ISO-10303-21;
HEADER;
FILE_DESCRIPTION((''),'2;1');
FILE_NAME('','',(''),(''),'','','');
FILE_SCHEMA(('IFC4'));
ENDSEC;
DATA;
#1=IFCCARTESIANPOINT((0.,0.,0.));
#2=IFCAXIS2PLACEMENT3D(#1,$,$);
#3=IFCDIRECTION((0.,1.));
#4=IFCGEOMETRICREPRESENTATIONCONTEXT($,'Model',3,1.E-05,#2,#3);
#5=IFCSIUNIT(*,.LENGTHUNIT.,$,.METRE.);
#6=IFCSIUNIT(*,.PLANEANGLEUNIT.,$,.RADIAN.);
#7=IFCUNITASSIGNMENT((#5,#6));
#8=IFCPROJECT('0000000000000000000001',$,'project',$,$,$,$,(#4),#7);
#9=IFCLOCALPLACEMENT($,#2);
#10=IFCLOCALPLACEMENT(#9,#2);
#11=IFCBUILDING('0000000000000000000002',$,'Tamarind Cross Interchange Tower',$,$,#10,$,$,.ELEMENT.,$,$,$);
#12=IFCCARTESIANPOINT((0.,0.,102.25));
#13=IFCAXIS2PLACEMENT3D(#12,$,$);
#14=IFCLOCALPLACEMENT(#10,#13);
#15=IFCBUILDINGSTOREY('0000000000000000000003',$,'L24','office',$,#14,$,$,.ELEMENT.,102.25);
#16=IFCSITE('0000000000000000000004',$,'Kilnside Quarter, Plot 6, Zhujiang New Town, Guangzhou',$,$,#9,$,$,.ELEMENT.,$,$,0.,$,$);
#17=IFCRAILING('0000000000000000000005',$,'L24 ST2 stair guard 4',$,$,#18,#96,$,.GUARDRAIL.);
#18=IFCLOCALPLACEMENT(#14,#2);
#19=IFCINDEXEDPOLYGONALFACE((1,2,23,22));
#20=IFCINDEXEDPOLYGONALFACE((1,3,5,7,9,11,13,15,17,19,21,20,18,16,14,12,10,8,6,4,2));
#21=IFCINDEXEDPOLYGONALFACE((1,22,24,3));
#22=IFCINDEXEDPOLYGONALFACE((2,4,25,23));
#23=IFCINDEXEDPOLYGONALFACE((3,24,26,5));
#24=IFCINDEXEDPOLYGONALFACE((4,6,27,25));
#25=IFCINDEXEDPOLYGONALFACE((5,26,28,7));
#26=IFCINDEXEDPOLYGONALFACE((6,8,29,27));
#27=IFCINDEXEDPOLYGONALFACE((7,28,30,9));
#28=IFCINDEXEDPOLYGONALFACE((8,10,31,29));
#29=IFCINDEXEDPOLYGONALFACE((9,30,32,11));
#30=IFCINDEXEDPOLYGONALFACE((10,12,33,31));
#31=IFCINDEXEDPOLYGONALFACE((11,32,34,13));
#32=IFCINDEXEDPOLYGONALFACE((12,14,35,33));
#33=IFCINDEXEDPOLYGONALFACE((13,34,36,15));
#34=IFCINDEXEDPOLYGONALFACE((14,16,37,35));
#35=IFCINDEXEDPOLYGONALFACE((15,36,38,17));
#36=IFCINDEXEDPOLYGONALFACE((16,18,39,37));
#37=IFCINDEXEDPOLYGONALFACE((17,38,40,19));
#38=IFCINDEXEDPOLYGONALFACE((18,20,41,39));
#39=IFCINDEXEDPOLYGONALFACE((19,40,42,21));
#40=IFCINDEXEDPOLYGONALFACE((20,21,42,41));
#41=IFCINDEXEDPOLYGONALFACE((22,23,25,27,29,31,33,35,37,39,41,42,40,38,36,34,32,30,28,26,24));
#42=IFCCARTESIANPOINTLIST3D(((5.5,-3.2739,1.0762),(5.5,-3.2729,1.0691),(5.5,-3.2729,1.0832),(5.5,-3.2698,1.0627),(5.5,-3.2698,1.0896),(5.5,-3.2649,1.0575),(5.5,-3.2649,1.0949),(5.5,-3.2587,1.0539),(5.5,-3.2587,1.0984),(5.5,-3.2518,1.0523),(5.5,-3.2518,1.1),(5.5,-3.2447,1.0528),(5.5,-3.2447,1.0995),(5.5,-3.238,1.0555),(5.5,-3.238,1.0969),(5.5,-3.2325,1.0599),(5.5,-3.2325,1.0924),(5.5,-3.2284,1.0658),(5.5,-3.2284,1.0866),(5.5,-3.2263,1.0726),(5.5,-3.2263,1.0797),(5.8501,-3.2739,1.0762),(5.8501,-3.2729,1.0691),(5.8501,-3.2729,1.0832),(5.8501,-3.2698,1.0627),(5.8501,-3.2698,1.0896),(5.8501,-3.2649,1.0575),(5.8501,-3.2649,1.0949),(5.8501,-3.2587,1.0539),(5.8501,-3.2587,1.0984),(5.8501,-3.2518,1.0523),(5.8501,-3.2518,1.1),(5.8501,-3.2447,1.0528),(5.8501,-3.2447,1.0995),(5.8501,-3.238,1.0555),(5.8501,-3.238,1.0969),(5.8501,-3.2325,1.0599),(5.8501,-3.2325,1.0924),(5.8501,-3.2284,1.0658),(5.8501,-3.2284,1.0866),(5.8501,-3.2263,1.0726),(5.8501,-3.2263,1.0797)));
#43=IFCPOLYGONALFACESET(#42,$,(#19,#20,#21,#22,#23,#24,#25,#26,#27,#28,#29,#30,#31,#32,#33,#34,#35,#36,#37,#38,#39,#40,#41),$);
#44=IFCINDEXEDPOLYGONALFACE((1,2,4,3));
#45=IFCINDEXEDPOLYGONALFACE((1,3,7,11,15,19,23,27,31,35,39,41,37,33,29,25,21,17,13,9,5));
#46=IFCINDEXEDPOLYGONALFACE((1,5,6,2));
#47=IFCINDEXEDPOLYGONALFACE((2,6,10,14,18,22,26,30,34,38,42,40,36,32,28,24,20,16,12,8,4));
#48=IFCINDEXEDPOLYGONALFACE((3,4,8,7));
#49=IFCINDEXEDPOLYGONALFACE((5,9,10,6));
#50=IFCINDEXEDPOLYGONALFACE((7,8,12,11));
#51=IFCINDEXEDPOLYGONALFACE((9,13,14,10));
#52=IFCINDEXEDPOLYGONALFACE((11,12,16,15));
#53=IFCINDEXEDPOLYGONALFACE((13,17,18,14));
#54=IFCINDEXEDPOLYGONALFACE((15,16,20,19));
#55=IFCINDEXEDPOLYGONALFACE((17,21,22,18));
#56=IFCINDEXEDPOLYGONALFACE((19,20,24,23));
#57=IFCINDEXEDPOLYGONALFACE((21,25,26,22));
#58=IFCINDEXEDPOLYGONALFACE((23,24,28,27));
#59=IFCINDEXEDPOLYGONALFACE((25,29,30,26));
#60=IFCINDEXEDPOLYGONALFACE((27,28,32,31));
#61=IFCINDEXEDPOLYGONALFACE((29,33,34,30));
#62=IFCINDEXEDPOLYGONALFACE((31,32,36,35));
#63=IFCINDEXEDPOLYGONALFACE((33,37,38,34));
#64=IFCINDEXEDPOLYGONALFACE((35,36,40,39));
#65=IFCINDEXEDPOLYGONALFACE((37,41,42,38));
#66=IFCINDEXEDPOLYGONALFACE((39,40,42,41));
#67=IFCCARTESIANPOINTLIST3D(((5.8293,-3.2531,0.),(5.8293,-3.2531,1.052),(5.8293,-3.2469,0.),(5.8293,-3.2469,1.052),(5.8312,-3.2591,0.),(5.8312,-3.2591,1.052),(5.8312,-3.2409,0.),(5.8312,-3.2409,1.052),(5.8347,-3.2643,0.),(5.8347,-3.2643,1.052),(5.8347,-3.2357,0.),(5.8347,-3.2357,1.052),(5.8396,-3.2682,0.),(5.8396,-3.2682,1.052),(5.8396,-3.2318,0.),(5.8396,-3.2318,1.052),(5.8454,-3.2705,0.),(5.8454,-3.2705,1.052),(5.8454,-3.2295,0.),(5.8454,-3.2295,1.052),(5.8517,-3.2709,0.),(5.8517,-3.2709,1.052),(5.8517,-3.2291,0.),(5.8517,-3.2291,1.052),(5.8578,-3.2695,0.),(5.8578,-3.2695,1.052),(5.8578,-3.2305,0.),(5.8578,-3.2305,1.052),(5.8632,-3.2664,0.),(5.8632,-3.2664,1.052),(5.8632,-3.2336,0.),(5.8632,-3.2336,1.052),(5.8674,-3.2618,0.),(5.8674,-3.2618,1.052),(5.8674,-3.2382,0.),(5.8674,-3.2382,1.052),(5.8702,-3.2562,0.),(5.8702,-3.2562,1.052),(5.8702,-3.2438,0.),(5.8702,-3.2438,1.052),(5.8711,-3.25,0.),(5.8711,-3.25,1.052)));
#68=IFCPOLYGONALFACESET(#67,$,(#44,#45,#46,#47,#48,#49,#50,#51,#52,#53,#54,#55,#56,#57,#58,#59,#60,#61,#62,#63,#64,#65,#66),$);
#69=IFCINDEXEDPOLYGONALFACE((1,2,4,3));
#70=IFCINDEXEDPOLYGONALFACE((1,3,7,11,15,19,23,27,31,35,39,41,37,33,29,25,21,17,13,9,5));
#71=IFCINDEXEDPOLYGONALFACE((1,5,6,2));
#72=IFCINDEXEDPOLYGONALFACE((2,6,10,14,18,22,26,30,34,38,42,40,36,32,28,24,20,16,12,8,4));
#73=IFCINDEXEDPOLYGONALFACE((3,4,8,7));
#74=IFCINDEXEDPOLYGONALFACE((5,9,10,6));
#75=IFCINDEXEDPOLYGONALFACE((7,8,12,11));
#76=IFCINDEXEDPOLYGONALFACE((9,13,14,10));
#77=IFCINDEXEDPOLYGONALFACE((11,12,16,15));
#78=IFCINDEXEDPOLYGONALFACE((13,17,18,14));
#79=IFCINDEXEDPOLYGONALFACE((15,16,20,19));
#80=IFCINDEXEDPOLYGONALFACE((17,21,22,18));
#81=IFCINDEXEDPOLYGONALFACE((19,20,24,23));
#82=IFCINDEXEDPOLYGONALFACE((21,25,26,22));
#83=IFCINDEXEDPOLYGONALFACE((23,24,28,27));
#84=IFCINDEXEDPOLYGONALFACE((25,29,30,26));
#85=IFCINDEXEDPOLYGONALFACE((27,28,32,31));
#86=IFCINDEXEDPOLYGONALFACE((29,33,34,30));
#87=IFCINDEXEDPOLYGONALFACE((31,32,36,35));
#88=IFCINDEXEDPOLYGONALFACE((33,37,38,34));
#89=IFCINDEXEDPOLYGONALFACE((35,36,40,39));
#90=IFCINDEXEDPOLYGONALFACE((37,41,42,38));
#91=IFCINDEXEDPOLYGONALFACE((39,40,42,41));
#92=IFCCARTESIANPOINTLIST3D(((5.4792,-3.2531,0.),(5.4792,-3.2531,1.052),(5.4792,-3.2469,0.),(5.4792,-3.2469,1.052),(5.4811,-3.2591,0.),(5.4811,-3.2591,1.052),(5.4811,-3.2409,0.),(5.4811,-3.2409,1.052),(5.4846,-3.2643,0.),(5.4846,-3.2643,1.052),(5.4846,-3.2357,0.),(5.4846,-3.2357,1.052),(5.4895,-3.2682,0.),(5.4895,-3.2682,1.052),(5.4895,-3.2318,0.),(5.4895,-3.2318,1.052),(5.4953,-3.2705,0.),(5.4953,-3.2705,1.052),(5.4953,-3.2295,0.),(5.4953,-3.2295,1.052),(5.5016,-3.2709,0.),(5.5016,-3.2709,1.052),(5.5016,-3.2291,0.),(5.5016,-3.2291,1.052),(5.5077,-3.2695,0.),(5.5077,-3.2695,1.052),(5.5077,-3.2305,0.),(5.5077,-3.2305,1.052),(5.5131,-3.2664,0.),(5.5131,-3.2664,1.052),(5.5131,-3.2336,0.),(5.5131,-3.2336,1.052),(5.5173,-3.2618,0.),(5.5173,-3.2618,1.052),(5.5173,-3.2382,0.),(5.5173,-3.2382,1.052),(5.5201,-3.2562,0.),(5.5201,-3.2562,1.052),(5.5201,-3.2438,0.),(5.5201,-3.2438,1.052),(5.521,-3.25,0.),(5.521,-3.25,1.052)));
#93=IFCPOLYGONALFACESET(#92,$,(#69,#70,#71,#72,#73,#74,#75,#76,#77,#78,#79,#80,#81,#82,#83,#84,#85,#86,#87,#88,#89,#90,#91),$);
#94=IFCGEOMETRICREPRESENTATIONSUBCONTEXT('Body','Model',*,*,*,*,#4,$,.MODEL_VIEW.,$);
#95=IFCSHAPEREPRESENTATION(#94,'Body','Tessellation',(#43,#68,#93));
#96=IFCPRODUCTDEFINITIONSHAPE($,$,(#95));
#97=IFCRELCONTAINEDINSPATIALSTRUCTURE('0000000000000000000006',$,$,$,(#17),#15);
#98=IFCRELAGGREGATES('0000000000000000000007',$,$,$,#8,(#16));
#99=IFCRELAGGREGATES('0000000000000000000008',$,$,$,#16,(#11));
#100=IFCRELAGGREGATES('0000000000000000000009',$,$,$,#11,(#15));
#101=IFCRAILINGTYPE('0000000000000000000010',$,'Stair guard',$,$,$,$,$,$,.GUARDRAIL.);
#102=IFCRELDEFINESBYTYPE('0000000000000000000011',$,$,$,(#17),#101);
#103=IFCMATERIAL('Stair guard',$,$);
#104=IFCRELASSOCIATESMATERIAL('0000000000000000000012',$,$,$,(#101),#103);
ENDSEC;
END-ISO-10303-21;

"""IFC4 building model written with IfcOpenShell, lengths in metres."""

from ifc_helpers import new_model, si_unit, direction, frame, origin, origin_2d, place, context, subcontext, project, spatial, circle, extrude, material, type_object, element, save


model = new_model("IFC4")

# Units and contexts
model_context = context("Model", 3, precision=1e-05, world=origin(), true_north=direction((0.0, 1.0)))
body_context = subcontext(model_context, "Body", "Model", "MODEL_VIEW")
ifc_project = project(units=[si_unit("LENGTHUNIT", "METRE"), si_unit("PLANEANGLEUNIT", "RADIAN")], contexts=[model_context])

# Site, building, storey
site_placement = place(None, origin())
site = spatial("IfcSite", under=ifc_project, at=site_placement, Name="Kilnside Quarter, Plot 6, Zhujiang New Town, Guangzhou", CompositionType="ELEMENT", RefElevation=0.0)
building_placement = place(site_placement, origin())
building = spatial("IfcBuilding", under=site, at=building_placement, Name="Tamarind Cross Interchange Tower", CompositionType="ELEMENT")
storey_placement = place(building_placement, frame((0.0, 0.0, 102.25)))
storey = spatial("IfcBuildingStorey", under=building, at=storey_placement, Name="L24", Description="office", CompositionType="ELEMENT", Elevation=102.25)

# Railing
ifc_material_1 = material(Name="Stair guard")
railing_type_1 = type_object("IfcRailingType", Name="Stair guard", PredefinedType="GUARDRAIL", material=ifc_material_1)
railing_1_placement = place(storey_placement, frame((5.8501, -3.25, 0.0)))
element("IfcRailing", 1, at=railing_1_placement, inside=storey, type_object=railing_type_1, Name="L24 ST2 stair guard 4", PredefinedType="GUARDRAIL", context=body_context, shape_type="SweptSolid", body=[
    extrude(circle(Radius=0.0239, at=origin_2d()), frame((0.0, 0.0, 1.0762), z_axis=(-1.0, 0.0, 0.0), x_axis=(0.0, -1.0, 0.0)), (0.0, 0.0, 1.0), 0.3501),
    extrude(circle(Radius=0.021, at=origin_2d()), origin(), (0.0, 0.0, 1.0), 1.052),
    extrude(circle(Radius=0.021, at=origin_2d()), frame((-0.3501, 0.0, 0.0)), (0.0, 0.0, 1.0), 1.052),
])

save(model, "model.ifc")
